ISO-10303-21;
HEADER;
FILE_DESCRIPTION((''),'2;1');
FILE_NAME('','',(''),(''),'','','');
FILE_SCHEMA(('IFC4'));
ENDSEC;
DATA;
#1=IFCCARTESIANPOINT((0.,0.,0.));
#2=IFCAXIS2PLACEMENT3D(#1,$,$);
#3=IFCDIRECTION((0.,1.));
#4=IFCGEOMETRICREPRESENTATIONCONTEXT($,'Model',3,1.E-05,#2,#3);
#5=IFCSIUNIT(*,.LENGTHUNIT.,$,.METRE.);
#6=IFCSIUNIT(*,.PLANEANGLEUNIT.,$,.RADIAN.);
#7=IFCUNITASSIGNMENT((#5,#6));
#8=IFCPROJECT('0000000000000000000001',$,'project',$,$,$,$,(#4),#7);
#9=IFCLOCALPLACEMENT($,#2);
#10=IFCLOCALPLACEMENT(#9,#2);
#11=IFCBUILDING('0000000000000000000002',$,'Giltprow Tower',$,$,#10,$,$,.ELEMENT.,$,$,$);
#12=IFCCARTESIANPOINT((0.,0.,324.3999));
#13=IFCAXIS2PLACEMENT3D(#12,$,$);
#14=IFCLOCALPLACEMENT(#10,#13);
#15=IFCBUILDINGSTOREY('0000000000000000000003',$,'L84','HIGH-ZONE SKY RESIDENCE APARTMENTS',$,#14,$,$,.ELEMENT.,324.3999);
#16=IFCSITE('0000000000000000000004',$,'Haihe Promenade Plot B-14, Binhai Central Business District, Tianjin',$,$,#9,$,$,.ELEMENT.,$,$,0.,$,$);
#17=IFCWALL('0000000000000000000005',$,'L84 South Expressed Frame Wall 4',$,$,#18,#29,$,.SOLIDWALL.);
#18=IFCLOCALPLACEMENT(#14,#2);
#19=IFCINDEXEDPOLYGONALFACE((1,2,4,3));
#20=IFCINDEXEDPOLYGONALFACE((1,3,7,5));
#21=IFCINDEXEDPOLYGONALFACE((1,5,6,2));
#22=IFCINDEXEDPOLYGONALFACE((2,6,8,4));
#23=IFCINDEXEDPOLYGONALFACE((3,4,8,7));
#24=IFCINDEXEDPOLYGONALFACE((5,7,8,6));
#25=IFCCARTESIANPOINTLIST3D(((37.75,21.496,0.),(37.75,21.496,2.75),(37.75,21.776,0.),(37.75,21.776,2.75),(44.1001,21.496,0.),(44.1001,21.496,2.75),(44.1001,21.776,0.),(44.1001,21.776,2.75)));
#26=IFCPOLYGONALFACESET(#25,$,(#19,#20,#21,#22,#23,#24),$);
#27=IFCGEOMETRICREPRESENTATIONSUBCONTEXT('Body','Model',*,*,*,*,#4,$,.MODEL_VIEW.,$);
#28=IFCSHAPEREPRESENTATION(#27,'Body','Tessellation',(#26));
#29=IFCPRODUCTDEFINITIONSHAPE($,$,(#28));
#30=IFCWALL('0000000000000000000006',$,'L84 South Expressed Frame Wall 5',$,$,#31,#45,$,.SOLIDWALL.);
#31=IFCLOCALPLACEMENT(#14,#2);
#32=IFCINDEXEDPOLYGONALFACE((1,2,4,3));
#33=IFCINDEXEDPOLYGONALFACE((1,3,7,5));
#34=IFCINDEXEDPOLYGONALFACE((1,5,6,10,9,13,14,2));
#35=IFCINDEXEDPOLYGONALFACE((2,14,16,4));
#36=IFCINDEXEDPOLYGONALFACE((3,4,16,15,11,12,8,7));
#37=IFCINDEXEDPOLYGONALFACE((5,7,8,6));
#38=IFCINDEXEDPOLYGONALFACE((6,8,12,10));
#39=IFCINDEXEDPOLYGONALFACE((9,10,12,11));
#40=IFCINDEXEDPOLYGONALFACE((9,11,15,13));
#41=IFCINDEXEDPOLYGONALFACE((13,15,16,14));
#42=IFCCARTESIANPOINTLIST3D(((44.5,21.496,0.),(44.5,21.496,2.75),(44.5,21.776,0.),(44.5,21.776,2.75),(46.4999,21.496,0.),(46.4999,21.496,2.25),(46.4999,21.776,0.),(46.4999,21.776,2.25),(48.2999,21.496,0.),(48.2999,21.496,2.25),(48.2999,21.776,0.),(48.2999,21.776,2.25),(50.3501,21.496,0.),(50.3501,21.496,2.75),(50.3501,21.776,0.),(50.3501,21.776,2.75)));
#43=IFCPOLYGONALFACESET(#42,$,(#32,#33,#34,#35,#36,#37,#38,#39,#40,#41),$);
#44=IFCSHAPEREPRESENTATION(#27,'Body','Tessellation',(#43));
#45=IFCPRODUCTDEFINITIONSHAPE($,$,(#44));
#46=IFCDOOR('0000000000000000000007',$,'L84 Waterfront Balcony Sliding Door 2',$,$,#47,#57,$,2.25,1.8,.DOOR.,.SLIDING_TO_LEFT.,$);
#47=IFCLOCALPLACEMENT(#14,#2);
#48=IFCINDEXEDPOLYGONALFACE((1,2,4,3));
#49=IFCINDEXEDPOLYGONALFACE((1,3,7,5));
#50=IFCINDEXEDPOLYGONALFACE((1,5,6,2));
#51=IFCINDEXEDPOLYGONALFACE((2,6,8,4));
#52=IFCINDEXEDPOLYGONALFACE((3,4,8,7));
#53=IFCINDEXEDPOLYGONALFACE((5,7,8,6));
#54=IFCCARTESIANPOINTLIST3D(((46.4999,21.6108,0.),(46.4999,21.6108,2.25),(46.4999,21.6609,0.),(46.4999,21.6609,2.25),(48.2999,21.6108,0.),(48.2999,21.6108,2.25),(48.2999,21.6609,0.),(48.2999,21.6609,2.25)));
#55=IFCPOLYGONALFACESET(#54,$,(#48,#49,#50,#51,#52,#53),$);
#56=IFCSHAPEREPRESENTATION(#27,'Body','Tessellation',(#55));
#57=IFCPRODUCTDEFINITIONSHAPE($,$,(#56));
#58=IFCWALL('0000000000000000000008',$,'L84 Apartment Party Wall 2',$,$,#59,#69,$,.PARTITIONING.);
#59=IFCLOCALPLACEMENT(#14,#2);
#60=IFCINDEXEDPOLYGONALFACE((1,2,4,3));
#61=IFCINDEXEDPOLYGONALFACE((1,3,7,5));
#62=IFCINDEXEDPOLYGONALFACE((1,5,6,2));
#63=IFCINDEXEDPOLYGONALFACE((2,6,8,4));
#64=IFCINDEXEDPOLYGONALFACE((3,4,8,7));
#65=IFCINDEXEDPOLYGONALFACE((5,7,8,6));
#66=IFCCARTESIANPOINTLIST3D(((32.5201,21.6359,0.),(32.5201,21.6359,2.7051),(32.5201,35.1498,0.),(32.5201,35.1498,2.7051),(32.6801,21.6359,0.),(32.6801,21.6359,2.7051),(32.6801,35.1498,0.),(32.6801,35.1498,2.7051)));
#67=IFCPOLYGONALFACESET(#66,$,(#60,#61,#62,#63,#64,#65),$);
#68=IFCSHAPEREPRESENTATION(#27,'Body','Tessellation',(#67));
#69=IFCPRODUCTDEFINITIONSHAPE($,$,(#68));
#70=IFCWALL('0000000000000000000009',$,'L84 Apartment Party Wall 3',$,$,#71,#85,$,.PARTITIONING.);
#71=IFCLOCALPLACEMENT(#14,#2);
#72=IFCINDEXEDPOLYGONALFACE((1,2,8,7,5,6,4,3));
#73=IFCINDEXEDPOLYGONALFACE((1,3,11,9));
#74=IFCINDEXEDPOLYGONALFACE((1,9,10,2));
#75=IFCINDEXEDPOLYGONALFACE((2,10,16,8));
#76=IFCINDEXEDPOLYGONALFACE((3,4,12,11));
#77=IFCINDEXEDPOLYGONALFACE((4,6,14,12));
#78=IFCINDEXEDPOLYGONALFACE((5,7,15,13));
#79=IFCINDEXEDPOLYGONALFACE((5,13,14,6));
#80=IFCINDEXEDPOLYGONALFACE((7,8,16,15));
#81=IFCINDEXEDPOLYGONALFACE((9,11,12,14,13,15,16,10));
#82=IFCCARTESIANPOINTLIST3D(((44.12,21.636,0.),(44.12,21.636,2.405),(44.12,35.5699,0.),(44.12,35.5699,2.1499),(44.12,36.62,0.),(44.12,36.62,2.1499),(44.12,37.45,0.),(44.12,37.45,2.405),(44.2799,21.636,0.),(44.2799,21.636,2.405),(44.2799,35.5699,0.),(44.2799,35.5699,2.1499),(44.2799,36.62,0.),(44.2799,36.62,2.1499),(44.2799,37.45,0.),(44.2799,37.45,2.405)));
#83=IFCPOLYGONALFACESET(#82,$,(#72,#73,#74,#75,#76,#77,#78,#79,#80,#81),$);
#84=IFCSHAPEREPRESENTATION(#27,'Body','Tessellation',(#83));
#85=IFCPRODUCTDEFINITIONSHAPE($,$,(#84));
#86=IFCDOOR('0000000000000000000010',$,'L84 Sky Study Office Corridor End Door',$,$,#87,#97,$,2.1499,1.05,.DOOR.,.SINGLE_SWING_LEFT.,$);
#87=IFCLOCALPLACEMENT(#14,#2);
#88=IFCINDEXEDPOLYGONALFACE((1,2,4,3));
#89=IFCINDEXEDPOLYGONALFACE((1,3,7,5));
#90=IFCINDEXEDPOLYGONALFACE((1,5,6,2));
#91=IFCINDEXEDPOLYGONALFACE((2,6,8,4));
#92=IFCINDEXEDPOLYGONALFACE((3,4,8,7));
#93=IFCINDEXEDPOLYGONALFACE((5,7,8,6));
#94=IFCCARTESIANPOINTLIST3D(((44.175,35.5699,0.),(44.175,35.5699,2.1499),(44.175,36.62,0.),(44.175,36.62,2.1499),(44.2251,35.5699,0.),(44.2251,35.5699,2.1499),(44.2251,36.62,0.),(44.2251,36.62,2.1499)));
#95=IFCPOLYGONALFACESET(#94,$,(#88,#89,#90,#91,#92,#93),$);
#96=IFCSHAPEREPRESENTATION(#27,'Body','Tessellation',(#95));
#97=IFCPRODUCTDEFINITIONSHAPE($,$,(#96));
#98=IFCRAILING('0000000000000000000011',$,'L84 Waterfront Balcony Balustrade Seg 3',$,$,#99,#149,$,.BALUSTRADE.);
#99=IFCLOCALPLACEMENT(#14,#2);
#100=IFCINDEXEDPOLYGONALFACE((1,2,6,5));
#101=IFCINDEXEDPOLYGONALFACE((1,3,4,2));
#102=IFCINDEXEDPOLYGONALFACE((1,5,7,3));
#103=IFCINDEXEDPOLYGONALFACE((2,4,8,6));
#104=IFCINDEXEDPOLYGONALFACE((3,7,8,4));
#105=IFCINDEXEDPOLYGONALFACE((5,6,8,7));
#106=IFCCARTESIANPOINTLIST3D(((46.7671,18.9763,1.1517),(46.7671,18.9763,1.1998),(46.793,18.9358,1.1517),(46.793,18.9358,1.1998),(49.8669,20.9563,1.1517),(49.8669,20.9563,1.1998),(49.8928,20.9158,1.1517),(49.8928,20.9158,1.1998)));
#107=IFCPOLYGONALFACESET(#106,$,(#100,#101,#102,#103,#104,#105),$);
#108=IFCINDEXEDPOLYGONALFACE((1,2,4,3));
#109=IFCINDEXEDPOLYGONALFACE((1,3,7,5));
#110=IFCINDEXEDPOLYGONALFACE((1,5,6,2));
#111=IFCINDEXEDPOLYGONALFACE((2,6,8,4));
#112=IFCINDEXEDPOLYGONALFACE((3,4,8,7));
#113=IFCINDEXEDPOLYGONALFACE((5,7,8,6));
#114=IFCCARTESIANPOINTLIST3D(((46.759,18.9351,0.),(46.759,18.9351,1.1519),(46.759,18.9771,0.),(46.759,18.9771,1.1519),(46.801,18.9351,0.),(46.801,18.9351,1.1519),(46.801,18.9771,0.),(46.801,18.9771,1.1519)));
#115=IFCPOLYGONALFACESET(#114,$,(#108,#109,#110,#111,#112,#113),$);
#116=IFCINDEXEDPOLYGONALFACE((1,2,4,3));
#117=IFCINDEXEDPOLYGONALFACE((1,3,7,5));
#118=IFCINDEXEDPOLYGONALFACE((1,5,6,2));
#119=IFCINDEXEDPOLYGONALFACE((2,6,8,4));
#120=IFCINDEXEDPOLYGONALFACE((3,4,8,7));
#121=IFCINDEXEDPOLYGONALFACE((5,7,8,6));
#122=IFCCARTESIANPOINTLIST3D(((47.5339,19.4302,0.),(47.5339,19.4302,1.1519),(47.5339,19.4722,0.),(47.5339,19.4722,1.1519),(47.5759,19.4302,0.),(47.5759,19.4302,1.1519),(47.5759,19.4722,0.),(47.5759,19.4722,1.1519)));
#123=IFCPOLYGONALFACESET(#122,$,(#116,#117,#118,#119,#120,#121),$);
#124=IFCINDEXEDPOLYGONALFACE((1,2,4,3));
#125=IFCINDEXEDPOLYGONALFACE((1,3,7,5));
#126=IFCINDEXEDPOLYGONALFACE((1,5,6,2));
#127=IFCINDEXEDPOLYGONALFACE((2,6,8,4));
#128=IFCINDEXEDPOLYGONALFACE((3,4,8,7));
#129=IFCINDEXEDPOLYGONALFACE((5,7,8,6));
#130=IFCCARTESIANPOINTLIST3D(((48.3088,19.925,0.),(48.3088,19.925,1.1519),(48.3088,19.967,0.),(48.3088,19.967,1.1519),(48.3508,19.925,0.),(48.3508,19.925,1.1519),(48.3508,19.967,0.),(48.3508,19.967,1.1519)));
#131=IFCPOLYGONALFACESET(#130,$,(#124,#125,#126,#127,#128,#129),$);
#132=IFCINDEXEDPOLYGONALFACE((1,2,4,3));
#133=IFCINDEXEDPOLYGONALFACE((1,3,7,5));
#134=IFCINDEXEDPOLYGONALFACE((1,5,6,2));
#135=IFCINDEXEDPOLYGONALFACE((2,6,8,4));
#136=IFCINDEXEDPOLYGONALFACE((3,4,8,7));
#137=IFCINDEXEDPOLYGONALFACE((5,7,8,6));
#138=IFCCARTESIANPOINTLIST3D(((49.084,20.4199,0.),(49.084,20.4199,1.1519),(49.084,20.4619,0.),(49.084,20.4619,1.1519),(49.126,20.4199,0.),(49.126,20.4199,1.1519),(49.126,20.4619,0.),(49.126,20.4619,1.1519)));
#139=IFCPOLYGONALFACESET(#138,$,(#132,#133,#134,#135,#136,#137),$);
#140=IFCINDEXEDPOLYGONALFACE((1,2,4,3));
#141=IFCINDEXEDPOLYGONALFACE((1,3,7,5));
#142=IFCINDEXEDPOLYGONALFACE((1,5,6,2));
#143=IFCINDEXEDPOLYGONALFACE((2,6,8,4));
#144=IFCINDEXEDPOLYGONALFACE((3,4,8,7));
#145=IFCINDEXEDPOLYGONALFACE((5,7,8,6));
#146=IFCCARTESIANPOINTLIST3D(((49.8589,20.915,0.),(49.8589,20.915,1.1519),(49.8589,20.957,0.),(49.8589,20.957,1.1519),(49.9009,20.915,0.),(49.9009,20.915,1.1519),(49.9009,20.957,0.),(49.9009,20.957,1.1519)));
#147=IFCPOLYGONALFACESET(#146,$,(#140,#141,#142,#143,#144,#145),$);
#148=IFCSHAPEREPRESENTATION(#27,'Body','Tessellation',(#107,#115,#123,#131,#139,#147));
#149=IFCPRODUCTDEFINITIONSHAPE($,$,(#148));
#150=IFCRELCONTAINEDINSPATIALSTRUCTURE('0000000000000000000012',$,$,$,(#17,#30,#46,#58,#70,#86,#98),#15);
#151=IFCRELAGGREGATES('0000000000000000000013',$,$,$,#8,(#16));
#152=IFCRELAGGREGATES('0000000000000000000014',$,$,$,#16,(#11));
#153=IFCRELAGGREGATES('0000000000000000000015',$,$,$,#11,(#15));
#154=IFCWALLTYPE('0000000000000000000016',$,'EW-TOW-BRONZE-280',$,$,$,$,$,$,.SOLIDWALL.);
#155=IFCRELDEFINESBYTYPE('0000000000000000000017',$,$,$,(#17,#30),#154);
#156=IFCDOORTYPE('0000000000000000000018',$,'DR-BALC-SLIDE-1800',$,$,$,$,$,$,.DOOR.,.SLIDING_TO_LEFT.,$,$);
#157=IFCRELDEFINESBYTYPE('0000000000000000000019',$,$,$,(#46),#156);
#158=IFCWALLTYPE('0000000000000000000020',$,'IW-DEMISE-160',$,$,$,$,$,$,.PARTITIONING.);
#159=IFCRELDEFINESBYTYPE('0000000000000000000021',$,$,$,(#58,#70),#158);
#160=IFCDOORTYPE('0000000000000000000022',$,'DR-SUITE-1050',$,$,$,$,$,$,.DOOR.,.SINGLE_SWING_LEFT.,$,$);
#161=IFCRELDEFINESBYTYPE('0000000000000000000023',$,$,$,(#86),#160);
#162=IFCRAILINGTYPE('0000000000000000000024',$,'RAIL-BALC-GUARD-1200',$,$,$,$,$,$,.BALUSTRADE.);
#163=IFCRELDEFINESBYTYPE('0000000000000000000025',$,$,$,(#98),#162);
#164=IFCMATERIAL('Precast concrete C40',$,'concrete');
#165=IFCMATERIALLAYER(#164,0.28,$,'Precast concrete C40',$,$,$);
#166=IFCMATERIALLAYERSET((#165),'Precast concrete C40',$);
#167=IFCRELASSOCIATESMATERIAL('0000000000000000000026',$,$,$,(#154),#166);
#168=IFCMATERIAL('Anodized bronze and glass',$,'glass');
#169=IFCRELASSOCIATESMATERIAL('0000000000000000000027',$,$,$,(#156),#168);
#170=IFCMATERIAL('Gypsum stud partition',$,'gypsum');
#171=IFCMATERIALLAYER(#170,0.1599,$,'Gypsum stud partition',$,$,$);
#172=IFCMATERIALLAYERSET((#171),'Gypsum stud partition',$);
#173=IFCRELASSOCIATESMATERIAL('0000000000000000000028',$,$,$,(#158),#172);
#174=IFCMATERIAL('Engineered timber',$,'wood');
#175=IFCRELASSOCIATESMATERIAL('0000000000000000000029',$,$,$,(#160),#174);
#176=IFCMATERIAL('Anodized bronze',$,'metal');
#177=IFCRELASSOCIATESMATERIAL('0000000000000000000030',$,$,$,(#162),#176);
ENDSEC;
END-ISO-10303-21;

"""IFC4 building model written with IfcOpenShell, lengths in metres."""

from ifc_helpers import new_model, si_unit, direction, frame, frame_2d, origin, origin_2d, place, context, subcontext, project, spatial, rectangle, extrude, source, transform, mapped, material, layer, layer_set, type_object, element, fill, save


model = new_model("IFC4")

# Units and contexts
model_context = context("Model", 3, precision=1e-05, world=origin(), true_north=direction((0.0, 1.0)))
body_context = subcontext(model_context, "Body", "Model", "MODEL_VIEW")
ifc_project = project(units=[si_unit("LENGTHUNIT", "METRE"), si_unit("PLANEANGLEUNIT", "RADIAN")], contexts=[model_context])

# Site, building, storey
site_placement = place(None, origin())
site = spatial("IfcSite", under=ifc_project, at=site_placement, Name="Haihe Promenade Plot B-14, Binhai Central Business District, Tianjin", CompositionType="ELEMENT", RefElevation=0.0)
building_placement = place(site_placement, origin())
building = spatial("IfcBuilding", under=site, at=building_placement, Name="Giltprow Tower", CompositionType="ELEMENT")
storey_placement = place(building_placement, frame((0.0, 0.0, 324.3999)))
storey = spatial("IfcBuildingStorey", under=building, at=storey_placement, Name="L84", Description="HIGH-ZONE SKY RESIDENCE APARTMENTS", CompositionType="ELEMENT", Elevation=324.3999)

# Wall
ifc_material_1 = material(Name="Precast concrete C40", Category="concrete")
ifc_layer_1 = layer(ifc_material_1, 0.28, Name="Precast concrete C40")
ifc_layer_set_1 = layer_set([ifc_layer_1], Name="Precast concrete C40")
wall_type_1 = type_object("IfcWallType", Name="EW-TOW-BRONZE-280", PredefinedType="SOLIDWALL", material=ifc_layer_set_1)
wall_1_placement = place(storey_placement, frame((37.75, 21.636, 0.0), z_axis=(0.0, 0.0, 1.0), x_axis=(1.0, 0.0, 0.0)))
element("IfcWall", 1, at=wall_1_placement, inside=storey, type_object=wall_type_1, Name="L84 South Expressed Frame Wall 4", PredefinedType="SOLIDWALL", context=body_context, shape_type="SweptSolid", body=[
    extrude(rectangle(XDim=6.3501, YDim=0.28, at=frame_2d((3.175, 0.0))), origin(), (0.0, 0.0, 1.0), 2.75),
])

# Wall, opening, door
wall_2_placement = place(storey_placement, frame((44.5, 21.636, 0.0), z_axis=(0.0, 0.0, 1.0), x_axis=(1.0, 0.0, 0.0)))
wall_2 = element("IfcWall", 2, at=wall_2_placement, inside=storey, type_object=wall_type_1, Name="L84 South Expressed Frame Wall 5", PredefinedType="SOLIDWALL", context=body_context, shape_type="SweptSolid", body=[
    extrude(rectangle(XDim=5.8501, YDim=0.28, at=frame_2d((2.925, 0.0))), origin(), (0.0, 0.0, 1.0), 2.75),
])
opening_1_placement = place(wall_2_placement, frame((2.0, 0.0, 0.0)))
opening_1 = element("IfcOpeningElement", 3, at=opening_1_placement, cuts=wall_2, PredefinedType="OPENING", context=body_context, shape_type="SweptSolid", body=[
    extrude(rectangle(XDim=1.8, YDim=2.25, at=frame_2d((0.8999, 1.125))), frame((0.0, 0.1499, 0.0), z_axis=(0.0, -1.0, 0.0), x_axis=(1.0, 0.0, 0.0)), (0.0, 0.0, 1.0), 0.3),
])
ifc_material_2 = material(Name="Anodized bronze and glass", Category="glass")
door_type_1 = type_object("IfcDoorType", Name="DR-BALC-SLIDE-1800", OperationType="SLIDING_TO_LEFT", PredefinedType="DOOR", material=ifc_material_2)
shared_shape_1 = source(origin(), body_context, "Body", "SweptSolid", [
    extrude(rectangle(XDim=1.8, YDim=2.25, at=frame_2d((0.8999, 1.125))), frame((0.0, 0.0249, 0.0), z_axis=(0.0, -1.0, 0.0), x_axis=(1.0, 0.0, 0.0)), (0.0, 0.0, 1.0), 0.05),
])
door_1_placement = place(opening_1_placement, origin())
door_1 = element("IfcDoor", 4, at=door_1_placement, inside=storey, type_object=door_type_1, Name="L84 Waterfront Balcony Sliding Door 2", OperationType="SLIDING_TO_LEFT", OverallHeight=2.25, OverallWidth=1.8, PredefinedType="DOOR", context=body_context, shape_type="MappedRepresentation", body=[
    mapped(shared_shape_1, transform((0.0, 0.0, 0.0), x_axis=(1.0, 0.0, 0.0), y_axis=(0.0, 1.0, 0.0), z_axis=(0.0, 0.0, 1.0), scale=1.0)),
])
fill(opening_1, door_1)

# Wall
ifc_material_3 = material(Name="Gypsum stud partition", Category="gypsum")
ifc_layer_2 = layer(ifc_material_3, 0.1599, Name="Gypsum stud partition")
ifc_layer_set_2 = layer_set([ifc_layer_2], Name="Gypsum stud partition")
wall_type_2 = type_object("IfcWallType", Name="IW-DEMISE-160", PredefinedType="PARTITIONING", material=ifc_layer_set_2)
wall_3_placement = place(storey_placement, frame((32.6001, 21.636, 0.0), z_axis=(0.0, 0.0, 1.0), x_axis=(0.0, 1.0, 0.0)))
element("IfcWall", 5, at=wall_3_placement, inside=storey, type_object=wall_type_2, Name="L84 Apartment Party Wall 2", PredefinedType="PARTITIONING", context=body_context, shape_type="SweptSolid", body=[
    extrude(rectangle(XDim=13.5139, YDim=0.1599, at=frame_2d((6.7568, 0.0))), origin(), (0.0, 0.0, 1.0), 2.7051),
])

# Wall, opening, door
wall_4_placement = place(storey_placement, frame((44.2, 21.636, 0.0), z_axis=(0.0, 0.0, 1.0), x_axis=(0.0, 1.0, 0.0)))
wall_4 = element("IfcWall", 6, at=wall_4_placement, inside=storey, type_object=wall_type_2, Name="L84 Apartment Party Wall 3", PredefinedType="PARTITIONING", context=body_context, shape_type="SweptSolid", body=[
    extrude(rectangle(XDim=15.814, YDim=0.1599, at=frame_2d((7.907, 0.0))), origin(), (0.0, 0.0, 1.0), 2.405),
])
opening_2_placement = place(wall_4_placement, frame((13.9341, 0.0, 0.0)))
opening_2 = element("IfcOpeningElement", 7, at=opening_2_placement, cuts=wall_4, PredefinedType="OPENING", context=body_context, shape_type="SweptSolid", body=[
    extrude(rectangle(XDim=1.05, YDim=2.1499, at=frame_2d((0.5249, 1.075))), frame((0.0, 0.0898, 0.0), z_axis=(0.0, -1.0, 0.0), x_axis=(1.0, 0.0, 0.0)), (0.0, 0.0, 1.0), 0.1799),
])
ifc_material_4 = material(Name="Engineered timber", Category="wood")
door_type_2 = type_object("IfcDoorType", Name="DR-SUITE-1050", OperationType="SINGLE_SWING_LEFT", PredefinedType="DOOR", material=ifc_material_4)
shared_shape_2 = source(origin(), body_context, "Body", "SweptSolid", [
    extrude(rectangle(XDim=1.05, YDim=2.1499, at=frame_2d((0.5249, 1.075))), frame((0.0, 0.0249, 0.0), z_axis=(0.0, -1.0, 0.0), x_axis=(1.0, 0.0, 0.0)), (0.0, 0.0, 1.0), 0.05),
])
door_2_placement = place(opening_2_placement, origin())
door_2 = element("IfcDoor", 8, at=door_2_placement, inside=storey, type_object=door_type_2, Name="L84 Sky Study Office Corridor End Door", OperationType="SINGLE_SWING_LEFT", OverallHeight=2.1499, OverallWidth=1.05, PredefinedType="DOOR", context=body_context, shape_type="MappedRepresentation", body=[
    mapped(shared_shape_2, transform((0.0, 0.0, 0.0), x_axis=(1.0, 0.0, 0.0), y_axis=(0.0, 1.0, 0.0), z_axis=(0.0, 0.0, 1.0), scale=1.0)),
])
fill(opening_2, door_2)

# Railing
ifc_material_5 = material(Name="Anodized bronze", Category="metal")
railing_type = type_object("IfcRailingType", Name="RAIL-BALC-GUARD-1200", PredefinedType="BALUSTRADE", material=ifc_material_5)
railing_1_placement = place(storey_placement, frame((46.78, 18.9561, 0.0)))
element("IfcRailing", 9, at=railing_1_placement, inside=storey, type_object=railing_type, Name="L84 Waterfront Balcony Balustrade Seg 3", PredefinedType="BALUSTRADE", context=body_context, shape_type="SweptSolid", body=[
    extrude(rectangle(XDim=0.0481, YDim=0.0481, at=origin_2d()), frame((0.0, 0.0, 1.1758), z_axis=(0.842756, 0.538296, 0.0), x_axis=(-0.538296, 0.842756, 0.0)), (0.0, 0.0, 1.0), 3.6782),
    extrude(rectangle(XDim=0.042, YDim=0.042, at=origin_2d()), origin(), (0.0, 0.0, 1.0), 1.1519),
    extrude(rectangle(XDim=0.042, YDim=0.042, at=origin_2d()), frame((0.7749, 0.4951, 0.0)), (0.0, 0.0, 1.0), 1.1519),
    extrude(rectangle(XDim=0.042, YDim=0.042, at=origin_2d()), frame((1.5498, 0.99, 0.0)), (0.0, 0.0, 1.0), 1.1519),
    extrude(rectangle(XDim=0.042, YDim=0.042, at=origin_2d()), frame((2.325, 1.4849, 0.0)), (0.0, 0.0, 1.0), 1.1519),
    extrude(rectangle(XDim=0.042, YDim=0.042, at=origin_2d()), frame((3.0999, 1.98, 0.0)), (0.0, 0.0, 1.0), 1.1519),
])

save(model, "model.ifc")
